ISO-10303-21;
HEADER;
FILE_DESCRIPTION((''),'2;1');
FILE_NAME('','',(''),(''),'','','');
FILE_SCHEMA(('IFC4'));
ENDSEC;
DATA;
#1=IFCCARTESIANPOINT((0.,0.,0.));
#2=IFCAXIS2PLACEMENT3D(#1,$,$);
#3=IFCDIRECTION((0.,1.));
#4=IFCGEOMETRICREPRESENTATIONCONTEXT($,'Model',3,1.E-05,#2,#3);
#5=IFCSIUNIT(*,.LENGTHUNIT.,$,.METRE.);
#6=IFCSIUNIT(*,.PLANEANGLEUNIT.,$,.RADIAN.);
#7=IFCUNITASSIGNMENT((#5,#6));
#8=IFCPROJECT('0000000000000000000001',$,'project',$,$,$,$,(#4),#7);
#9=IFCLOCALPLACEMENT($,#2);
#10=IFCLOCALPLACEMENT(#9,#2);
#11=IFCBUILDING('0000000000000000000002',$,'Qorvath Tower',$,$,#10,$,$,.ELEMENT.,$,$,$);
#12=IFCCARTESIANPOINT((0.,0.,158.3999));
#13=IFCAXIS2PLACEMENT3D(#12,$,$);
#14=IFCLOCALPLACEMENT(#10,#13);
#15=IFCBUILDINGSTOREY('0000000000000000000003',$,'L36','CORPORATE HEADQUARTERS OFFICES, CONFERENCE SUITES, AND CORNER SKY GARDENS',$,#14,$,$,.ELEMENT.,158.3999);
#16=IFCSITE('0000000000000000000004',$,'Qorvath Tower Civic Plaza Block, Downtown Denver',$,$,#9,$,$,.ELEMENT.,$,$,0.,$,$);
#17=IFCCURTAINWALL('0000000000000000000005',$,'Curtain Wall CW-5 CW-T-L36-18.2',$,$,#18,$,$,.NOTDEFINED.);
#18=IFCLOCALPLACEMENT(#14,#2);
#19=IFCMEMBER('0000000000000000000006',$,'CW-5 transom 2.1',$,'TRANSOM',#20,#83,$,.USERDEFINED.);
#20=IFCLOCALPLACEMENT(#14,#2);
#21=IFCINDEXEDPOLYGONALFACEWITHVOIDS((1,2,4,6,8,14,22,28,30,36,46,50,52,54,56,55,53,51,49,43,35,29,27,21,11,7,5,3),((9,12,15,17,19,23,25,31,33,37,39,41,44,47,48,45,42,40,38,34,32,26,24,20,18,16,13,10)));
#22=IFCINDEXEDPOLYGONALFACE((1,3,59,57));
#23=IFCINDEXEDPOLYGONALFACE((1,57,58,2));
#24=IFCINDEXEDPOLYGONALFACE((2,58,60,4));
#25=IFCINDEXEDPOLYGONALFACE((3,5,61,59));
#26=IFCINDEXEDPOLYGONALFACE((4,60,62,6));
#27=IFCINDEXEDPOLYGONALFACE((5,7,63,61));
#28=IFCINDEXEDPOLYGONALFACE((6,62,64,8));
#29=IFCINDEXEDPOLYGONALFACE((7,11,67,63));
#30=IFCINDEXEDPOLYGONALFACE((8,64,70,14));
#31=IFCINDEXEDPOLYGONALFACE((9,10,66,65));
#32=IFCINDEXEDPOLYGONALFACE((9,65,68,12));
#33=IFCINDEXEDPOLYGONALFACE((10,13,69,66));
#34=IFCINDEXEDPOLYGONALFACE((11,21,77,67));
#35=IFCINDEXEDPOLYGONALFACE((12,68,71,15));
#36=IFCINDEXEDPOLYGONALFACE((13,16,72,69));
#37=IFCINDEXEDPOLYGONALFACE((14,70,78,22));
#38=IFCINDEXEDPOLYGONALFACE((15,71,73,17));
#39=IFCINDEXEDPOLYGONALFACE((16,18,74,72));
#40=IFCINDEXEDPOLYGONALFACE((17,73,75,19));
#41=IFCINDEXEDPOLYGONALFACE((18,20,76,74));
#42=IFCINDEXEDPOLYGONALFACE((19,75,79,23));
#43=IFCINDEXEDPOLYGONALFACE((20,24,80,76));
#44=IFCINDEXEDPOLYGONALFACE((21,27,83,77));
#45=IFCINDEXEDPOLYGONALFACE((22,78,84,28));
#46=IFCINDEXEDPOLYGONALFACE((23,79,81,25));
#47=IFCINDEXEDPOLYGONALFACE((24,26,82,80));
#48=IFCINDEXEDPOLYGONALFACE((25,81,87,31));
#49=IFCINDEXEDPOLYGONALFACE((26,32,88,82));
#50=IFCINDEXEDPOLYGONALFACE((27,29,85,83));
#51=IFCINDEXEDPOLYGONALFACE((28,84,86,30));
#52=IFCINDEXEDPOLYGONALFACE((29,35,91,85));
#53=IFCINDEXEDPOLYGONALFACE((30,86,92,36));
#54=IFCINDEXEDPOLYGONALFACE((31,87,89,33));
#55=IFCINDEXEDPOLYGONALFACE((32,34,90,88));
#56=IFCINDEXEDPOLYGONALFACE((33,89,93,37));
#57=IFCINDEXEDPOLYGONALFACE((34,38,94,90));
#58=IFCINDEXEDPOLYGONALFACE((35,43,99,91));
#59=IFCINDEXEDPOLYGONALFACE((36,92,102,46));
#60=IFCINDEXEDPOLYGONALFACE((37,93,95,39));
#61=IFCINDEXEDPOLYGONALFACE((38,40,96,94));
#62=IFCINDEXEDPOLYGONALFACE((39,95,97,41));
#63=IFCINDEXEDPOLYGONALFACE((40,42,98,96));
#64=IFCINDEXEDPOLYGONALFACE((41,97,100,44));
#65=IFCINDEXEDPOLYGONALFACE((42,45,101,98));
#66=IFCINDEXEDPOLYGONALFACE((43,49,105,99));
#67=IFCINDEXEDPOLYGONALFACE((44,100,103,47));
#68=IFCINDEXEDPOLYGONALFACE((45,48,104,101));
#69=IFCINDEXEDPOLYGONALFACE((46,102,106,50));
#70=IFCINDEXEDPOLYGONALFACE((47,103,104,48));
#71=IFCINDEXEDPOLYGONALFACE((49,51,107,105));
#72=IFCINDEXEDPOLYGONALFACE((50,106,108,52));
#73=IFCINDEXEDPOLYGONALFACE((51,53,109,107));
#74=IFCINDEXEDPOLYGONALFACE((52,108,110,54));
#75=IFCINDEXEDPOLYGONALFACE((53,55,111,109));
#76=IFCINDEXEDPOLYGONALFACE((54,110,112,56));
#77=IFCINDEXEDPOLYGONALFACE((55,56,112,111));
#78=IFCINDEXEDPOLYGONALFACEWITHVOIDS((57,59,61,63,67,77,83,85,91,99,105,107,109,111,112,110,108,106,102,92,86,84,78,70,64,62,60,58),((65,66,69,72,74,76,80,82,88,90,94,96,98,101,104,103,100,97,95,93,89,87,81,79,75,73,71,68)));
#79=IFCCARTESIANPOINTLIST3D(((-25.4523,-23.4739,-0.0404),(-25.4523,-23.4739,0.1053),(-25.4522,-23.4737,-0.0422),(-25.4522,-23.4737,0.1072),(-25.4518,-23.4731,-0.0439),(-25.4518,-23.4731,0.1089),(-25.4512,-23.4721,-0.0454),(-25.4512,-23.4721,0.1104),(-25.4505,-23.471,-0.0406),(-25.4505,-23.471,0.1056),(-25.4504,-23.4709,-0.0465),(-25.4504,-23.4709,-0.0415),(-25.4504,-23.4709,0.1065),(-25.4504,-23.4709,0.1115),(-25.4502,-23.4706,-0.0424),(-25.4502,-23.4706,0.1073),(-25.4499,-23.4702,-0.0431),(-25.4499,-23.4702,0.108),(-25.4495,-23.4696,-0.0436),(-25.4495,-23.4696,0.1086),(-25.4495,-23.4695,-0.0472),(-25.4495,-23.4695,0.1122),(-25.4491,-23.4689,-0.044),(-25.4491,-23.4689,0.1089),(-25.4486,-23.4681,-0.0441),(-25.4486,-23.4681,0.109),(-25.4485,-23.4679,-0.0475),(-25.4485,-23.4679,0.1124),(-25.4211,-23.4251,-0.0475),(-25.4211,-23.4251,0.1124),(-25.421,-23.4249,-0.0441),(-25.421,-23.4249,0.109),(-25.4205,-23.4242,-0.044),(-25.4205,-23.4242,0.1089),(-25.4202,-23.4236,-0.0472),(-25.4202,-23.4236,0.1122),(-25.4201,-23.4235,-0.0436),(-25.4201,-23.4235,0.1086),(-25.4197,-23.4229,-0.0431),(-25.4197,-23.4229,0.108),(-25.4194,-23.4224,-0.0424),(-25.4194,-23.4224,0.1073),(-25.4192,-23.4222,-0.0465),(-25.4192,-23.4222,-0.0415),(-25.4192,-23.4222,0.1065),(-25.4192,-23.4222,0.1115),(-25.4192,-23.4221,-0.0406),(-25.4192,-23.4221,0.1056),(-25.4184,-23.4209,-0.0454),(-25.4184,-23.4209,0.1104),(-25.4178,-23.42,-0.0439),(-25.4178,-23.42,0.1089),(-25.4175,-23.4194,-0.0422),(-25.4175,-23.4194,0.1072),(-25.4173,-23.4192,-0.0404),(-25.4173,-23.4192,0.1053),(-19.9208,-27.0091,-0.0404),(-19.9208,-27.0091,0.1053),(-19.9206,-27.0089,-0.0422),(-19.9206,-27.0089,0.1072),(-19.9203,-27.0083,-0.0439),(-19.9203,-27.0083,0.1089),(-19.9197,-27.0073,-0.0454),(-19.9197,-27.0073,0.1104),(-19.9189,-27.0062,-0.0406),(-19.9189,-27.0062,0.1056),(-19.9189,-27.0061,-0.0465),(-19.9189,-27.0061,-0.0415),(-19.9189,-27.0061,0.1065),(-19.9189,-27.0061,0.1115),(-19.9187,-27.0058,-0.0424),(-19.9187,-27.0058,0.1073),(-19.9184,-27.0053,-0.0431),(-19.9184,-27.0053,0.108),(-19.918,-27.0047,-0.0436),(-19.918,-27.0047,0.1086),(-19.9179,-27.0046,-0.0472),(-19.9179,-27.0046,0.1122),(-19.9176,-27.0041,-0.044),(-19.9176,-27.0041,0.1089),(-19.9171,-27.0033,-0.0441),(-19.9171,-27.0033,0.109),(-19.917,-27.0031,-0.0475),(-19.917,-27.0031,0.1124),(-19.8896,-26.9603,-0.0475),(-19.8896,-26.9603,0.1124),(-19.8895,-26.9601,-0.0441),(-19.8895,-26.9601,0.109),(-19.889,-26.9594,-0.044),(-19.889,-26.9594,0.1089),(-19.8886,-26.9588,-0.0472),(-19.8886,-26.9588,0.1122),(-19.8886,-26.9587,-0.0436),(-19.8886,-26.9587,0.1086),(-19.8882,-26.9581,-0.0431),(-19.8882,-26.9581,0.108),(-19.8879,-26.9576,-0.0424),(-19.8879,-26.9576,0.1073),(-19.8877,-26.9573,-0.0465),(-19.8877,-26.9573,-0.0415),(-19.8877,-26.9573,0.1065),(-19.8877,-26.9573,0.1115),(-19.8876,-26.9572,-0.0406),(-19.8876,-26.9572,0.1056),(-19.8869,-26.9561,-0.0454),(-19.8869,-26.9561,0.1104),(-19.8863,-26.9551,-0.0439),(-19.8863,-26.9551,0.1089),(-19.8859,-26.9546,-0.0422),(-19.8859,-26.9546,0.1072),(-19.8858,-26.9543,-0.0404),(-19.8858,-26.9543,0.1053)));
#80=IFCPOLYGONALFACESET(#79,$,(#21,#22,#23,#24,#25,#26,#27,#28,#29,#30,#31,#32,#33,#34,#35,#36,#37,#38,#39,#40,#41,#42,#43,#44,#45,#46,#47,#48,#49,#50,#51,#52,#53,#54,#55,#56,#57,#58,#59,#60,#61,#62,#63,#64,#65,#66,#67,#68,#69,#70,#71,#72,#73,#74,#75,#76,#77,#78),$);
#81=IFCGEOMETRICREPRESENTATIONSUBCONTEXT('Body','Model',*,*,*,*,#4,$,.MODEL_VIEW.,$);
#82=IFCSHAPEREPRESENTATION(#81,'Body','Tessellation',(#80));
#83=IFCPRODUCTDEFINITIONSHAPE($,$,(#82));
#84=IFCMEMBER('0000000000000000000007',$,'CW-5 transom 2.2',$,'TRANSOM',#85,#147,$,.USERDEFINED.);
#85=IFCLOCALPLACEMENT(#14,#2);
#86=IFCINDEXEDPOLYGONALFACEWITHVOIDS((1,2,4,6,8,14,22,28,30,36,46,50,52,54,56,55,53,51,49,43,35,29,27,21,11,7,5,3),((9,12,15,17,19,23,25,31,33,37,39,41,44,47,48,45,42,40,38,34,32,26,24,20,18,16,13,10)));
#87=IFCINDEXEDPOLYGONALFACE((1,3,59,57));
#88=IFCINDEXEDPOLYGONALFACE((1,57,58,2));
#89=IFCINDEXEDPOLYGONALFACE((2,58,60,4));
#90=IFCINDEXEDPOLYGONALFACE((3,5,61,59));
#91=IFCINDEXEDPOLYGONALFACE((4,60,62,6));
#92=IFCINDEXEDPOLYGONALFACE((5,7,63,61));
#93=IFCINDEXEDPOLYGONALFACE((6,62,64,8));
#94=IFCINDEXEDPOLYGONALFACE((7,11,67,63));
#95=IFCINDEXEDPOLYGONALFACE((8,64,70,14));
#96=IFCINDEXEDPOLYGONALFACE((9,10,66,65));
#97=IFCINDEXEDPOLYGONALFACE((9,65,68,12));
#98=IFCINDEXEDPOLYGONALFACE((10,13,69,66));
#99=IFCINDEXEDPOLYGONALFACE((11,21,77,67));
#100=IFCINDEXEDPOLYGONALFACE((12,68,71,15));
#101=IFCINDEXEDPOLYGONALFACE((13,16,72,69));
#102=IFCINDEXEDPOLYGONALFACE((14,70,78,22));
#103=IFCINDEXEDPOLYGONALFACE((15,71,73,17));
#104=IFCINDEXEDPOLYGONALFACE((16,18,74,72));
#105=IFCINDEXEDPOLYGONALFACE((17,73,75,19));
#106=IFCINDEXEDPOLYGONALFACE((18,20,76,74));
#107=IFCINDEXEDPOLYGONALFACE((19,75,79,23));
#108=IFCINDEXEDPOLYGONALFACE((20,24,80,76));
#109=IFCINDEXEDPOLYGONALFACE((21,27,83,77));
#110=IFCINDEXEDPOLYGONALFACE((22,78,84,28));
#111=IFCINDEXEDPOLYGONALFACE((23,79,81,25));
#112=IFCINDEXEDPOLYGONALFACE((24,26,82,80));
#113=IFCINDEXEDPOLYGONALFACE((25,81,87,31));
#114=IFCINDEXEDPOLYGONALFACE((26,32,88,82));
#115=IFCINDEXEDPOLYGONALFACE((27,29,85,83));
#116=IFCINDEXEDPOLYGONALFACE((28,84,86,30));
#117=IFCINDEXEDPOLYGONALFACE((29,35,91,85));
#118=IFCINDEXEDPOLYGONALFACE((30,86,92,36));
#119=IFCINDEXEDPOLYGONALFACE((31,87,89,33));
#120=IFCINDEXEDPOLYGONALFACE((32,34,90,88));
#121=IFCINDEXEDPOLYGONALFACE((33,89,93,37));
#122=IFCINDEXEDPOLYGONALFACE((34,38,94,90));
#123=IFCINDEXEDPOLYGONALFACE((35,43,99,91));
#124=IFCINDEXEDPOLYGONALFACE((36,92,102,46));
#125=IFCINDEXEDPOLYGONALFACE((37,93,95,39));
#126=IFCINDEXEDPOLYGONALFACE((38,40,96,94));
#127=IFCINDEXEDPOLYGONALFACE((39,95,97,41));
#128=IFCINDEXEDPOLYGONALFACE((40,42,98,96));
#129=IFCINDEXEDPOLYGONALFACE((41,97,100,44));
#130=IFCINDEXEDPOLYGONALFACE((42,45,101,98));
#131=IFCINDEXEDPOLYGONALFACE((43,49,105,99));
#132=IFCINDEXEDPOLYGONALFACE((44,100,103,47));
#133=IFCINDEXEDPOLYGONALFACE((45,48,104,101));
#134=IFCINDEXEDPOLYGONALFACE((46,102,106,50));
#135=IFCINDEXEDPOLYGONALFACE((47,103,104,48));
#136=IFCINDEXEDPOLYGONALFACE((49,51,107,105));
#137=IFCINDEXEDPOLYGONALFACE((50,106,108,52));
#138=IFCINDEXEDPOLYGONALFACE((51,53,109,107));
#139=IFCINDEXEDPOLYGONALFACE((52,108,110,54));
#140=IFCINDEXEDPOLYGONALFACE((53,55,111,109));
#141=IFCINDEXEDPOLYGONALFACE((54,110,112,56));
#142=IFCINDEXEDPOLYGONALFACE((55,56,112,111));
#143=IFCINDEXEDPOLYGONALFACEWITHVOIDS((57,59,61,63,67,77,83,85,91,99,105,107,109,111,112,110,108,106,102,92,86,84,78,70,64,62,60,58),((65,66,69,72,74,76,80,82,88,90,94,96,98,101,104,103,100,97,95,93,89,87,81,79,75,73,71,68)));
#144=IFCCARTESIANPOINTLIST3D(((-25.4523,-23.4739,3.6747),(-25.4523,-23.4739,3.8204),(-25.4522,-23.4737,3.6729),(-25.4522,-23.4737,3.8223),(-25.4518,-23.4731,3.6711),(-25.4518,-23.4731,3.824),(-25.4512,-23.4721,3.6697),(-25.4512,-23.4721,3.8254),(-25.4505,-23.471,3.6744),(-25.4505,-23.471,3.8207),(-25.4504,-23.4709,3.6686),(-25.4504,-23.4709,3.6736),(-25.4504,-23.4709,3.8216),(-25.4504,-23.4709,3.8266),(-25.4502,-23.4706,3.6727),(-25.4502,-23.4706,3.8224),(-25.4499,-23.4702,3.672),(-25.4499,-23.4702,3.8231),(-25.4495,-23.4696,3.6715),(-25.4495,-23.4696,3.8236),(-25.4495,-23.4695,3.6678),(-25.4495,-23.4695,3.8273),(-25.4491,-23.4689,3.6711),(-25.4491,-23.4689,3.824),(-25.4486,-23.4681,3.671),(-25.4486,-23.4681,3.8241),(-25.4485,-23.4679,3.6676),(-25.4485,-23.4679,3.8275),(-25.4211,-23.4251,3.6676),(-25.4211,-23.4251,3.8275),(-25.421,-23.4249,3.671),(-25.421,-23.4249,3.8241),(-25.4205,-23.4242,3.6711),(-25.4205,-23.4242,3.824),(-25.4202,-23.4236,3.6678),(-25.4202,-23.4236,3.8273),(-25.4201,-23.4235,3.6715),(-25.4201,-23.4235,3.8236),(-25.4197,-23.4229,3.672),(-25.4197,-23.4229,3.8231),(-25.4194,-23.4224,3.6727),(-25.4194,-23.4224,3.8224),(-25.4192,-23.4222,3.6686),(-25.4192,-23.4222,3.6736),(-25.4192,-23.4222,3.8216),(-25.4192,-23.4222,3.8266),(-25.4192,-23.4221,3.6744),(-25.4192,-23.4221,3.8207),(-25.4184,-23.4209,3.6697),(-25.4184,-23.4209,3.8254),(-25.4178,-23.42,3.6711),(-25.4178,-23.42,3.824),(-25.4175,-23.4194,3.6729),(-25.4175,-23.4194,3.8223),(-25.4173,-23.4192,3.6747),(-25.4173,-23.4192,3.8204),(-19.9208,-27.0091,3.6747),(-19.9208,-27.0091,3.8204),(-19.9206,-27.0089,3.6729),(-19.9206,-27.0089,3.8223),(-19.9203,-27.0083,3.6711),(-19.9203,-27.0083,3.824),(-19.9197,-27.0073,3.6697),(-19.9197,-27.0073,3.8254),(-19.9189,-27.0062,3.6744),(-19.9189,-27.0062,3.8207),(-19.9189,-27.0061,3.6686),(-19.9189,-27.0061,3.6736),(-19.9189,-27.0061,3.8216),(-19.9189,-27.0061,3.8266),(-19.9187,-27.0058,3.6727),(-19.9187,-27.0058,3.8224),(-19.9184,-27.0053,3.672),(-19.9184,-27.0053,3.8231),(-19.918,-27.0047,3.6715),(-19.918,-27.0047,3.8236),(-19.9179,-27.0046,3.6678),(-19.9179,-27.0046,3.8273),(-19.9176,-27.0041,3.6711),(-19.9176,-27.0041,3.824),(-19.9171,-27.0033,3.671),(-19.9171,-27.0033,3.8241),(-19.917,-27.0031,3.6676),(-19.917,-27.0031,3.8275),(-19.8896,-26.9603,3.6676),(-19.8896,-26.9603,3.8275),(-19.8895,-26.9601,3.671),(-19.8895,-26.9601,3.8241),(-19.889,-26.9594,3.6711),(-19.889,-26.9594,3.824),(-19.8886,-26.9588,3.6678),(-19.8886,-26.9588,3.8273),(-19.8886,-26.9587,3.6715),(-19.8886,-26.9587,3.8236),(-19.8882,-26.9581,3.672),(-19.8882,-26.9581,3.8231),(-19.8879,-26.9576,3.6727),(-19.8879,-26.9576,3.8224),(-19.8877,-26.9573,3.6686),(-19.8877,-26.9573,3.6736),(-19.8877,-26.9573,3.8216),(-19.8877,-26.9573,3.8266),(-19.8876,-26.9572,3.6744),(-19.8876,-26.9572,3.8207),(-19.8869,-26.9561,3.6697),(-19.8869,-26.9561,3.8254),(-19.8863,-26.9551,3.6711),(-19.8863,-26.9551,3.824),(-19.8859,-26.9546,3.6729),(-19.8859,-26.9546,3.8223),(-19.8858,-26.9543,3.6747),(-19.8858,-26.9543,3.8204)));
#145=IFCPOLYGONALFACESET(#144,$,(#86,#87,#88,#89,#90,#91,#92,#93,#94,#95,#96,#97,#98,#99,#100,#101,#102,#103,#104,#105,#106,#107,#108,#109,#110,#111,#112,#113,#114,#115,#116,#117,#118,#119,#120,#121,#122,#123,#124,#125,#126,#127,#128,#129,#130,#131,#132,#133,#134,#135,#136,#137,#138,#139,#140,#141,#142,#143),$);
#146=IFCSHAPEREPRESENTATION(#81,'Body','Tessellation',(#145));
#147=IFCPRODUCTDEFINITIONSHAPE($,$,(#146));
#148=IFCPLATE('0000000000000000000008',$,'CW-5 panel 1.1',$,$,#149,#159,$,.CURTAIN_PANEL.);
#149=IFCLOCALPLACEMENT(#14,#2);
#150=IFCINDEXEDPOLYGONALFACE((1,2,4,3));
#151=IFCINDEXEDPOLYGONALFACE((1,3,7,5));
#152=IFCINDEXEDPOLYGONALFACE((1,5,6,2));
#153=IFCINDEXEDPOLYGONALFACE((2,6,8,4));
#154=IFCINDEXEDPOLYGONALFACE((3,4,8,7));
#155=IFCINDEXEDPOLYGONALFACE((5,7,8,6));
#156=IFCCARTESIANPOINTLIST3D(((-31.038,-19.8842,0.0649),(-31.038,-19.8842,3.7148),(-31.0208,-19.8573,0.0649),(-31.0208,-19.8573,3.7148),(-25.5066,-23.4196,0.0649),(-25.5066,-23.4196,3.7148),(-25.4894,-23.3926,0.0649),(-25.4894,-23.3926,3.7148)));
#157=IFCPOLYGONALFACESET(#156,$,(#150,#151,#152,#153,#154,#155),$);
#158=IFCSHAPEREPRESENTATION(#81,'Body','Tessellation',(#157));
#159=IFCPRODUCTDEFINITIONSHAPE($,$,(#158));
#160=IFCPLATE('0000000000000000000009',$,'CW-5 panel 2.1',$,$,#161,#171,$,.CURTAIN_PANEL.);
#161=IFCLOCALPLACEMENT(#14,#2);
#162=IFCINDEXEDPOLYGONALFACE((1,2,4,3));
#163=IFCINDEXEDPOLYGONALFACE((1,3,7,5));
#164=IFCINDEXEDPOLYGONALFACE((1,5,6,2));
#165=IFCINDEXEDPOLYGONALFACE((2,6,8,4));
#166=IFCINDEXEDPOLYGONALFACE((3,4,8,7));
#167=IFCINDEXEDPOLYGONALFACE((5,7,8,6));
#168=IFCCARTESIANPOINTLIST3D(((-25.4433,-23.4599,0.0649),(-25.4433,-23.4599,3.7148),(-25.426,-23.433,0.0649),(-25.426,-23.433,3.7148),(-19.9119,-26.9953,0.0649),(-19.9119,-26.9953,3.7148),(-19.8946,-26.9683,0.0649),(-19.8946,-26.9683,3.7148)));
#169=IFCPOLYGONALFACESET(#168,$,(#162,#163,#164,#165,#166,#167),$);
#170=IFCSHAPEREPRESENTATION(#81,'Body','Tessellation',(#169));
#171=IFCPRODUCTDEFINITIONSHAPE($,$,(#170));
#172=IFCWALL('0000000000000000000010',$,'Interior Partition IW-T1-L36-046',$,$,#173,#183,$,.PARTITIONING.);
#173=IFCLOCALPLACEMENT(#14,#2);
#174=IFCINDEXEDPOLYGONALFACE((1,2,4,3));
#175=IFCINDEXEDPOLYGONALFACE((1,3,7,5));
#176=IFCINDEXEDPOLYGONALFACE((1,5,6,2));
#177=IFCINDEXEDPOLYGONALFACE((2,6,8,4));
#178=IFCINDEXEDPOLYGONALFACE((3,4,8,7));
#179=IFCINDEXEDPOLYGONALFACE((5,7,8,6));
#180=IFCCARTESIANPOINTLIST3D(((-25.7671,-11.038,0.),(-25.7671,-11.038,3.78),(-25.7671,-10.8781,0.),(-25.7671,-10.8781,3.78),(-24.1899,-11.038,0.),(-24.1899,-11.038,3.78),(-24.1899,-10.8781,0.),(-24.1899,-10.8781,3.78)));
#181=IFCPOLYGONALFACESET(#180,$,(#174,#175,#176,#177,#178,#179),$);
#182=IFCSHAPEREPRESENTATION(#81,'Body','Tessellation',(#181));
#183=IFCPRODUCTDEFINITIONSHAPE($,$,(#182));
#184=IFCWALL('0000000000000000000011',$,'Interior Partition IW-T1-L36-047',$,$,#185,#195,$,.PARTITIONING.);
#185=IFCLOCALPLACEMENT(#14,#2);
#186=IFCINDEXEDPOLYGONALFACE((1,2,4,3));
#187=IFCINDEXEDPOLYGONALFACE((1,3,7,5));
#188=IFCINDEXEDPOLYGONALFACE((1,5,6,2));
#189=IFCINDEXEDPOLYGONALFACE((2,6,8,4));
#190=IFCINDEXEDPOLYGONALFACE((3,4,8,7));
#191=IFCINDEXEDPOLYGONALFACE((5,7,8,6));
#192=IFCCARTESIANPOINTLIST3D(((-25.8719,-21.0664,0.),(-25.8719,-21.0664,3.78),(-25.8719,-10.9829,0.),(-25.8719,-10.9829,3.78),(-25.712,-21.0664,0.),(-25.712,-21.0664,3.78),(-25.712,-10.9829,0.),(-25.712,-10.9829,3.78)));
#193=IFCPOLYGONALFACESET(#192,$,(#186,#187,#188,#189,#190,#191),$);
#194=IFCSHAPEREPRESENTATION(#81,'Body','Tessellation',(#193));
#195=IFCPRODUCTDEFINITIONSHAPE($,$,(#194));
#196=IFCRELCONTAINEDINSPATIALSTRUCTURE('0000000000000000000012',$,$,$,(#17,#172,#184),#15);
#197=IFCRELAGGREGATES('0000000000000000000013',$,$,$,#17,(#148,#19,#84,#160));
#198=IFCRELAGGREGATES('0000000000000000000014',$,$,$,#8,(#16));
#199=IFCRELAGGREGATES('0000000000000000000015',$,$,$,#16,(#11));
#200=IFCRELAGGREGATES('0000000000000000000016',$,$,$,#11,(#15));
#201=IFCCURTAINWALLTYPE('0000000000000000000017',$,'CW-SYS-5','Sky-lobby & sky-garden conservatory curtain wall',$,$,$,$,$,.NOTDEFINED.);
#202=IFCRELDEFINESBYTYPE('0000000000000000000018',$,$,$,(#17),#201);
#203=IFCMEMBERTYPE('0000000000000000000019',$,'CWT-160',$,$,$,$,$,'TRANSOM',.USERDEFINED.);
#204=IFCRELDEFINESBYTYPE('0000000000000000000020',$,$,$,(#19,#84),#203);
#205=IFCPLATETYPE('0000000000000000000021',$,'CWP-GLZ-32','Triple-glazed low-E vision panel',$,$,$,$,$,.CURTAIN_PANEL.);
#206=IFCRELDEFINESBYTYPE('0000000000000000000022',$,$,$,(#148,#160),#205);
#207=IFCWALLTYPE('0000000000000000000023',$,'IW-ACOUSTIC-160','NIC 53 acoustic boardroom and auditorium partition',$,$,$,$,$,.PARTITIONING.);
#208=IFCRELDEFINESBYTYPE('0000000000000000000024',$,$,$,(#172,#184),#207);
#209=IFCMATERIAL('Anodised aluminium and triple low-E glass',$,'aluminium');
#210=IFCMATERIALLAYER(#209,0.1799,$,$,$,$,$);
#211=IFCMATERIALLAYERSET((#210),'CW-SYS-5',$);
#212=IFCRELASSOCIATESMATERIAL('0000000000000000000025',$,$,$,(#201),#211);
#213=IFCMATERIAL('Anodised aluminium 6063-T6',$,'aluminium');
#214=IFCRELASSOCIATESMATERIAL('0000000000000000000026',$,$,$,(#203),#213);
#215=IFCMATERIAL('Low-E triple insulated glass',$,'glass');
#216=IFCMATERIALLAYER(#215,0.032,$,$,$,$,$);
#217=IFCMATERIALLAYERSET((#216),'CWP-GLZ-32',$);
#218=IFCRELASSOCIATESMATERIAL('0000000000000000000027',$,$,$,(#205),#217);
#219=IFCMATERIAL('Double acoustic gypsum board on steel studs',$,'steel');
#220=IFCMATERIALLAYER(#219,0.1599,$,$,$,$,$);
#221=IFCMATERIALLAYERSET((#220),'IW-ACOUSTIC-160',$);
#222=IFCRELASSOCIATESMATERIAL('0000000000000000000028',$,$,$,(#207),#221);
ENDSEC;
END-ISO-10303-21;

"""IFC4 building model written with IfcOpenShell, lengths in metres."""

from ifc_helpers import new_model, si_unit, direction, frame, frame_2d, origin, origin_2d, place, context, subcontext, project, spatial, rectangle, hollow_rectangle, extrude, material, layer, layer_set, material_profile, profile_set, type_object, element, aggregate, save


model = new_model("IFC4")

# Units and contexts
model_context = context("Model", 3, precision=1e-05, world=origin(), true_north=direction((0.0, 1.0)))
body_context = subcontext(model_context, "Body", "Model", "MODEL_VIEW")
ifc_project = project(units=[si_unit("LENGTHUNIT", "METRE"), si_unit("PLANEANGLEUNIT", "RADIAN")], contexts=[model_context])

# Site, building, storey
site_placement = place(None, origin())
site = spatial("IfcSite", under=ifc_project, at=site_placement, Name="Qorvath Tower Civic Plaza Block, Downtown Denver", CompositionType="ELEMENT", RefElevation=0.0)
building_placement = place(site_placement, origin())
building = spatial("IfcBuilding", under=site, at=building_placement, Name="Qorvath Tower", CompositionType="ELEMENT")
storey_placement = place(building_placement, frame((0.0, 0.0, 158.3999)))
storey = spatial("IfcBuildingStorey", under=building, at=storey_placement, Name="L36", Description="CORPORATE HEADQUARTERS OFFICES, CONFERENCE SUITES, AND CORNER SKY GARDENS", CompositionType="ELEMENT", Elevation=158.3999)

# Curtain wall, members, plates
ifc_material_1 = material(Name="Anodised aluminium and triple low-E glass", Category="aluminium")
ifc_layer_1 = layer(ifc_material_1, 0.1799)
ifc_layer_set_1 = layer_set([ifc_layer_1], Name="CW-SYS-5")
curtain_wall_type = type_object("IfcCurtainWallType", Name="CW-SYS-5", Description="Sky-lobby & sky-garden conservatory curtain wall", PredefinedType="NOTDEFINED", material=ifc_layer_set_1)
curtain_wall_placement = place(storey_placement, origin())
curtain_wall = element("IfcCurtainWall", 1, at=curtain_wall_placement, inside=storey, type_object=curtain_wall_type, Name="Curtain Wall CW-5 CW-T-L36-18.2", PredefinedType="NOTDEFINED")
ifc_material_2 = material(Name="Anodised aluminium 6063-T6", Category="aluminium")
ifc_material_profile_1 = material_profile(ifc_material_2, hollow_rectangle(XDim=0.0649, YDim=0.1599, WallThickness=0.0034, InnerFilletRadius=0.0034, OuterFilletRadius=0.0071, at=origin_2d()), Name="CWT 160x65")
ifc_profile_set_1 = profile_set([ifc_material_profile_1], Name="Anodised aluminium 6063-T6")
member_type_1 = type_object("IfcMemberType", Name="CWT-160", ElementType="TRANSOM", PredefinedType="USERDEFINED", material=ifc_profile_set_1)
member_1_placement = place(storey_placement, frame((-25.4348, -23.4465, 0.0325), z_axis=(0.842617, -0.538513, 0.0), x_axis=(0.538513, 0.842617, 0.0)))
member_1 = element("IfcMember", 2, at=member_1_placement, type_object=member_type_1, Name="CW-5 transom 2.1", ObjectType="TRANSOM", PredefinedType="USERDEFINED", context=body_context, shape_type="SweptSolid", body=[
    extrude(hollow_rectangle(XDim=0.0649, YDim=0.1599, WallThickness=0.0034, InnerFilletRadius=0.0034, OuterFilletRadius=0.0071, at=origin_2d()), origin(), (0.0, 0.0, 1.0), 6.5647),
])
member_2_placement = place(storey_placement, frame((-25.4348, -23.4465, 3.7476), z_axis=(0.842617, -0.538513, 0.0), x_axis=(0.538513, 0.842617, 0.0)))
member_2 = element("IfcMember", 3, at=member_2_placement, type_object=member_type_1, Name="CW-5 transom 2.2", ObjectType="TRANSOM", PredefinedType="USERDEFINED", context=body_context, shape_type="SweptSolid", body=[
    extrude(hollow_rectangle(XDim=0.0649, YDim=0.1599, WallThickness=0.0034, InnerFilletRadius=0.0034, OuterFilletRadius=0.0071, at=origin_2d()), origin(), (0.0, 0.0, 1.0), 6.5647),
])
ifc_material_3 = material(Name="Low-E triple insulated glass", Category="glass")
ifc_layer_2 = layer(ifc_material_3, 0.032)
ifc_layer_set_2 = layer_set([ifc_layer_2], Name="CWP-GLZ-32")
plate_type = type_object("IfcPlateType", Name="CWP-GLZ-32", Description="Triple-glazed low-E vision panel", PredefinedType="CURTAIN_PANEL", material=ifc_layer_set_2)
plate_1_placement = place(storey_placement, frame((-28.2637, -21.6384, 0.0649), z_axis=(0.0, 0.0, 1.0), x_axis=(0.842599, -0.538542, 0.0)))
plate_1 = element("IfcPlate", 4, at=plate_1_placement, type_object=plate_type, Name="CW-5 panel 1.1", PredefinedType="CURTAIN_PANEL", context=body_context, shape_type="SweptSolid", body=[
    extrude(rectangle(XDim=6.5647, YDim=0.032, at=origin_2d()), origin(), (0.0, 0.0, 1.0), 3.6499),
])
plate_2_placement = place(storey_placement, frame((-22.6689, -25.2141, 0.0649), z_axis=(0.0, 0.0, 1.0), x_axis=(0.842599, -0.538542, 0.0)))
plate_2 = element("IfcPlate", 5, at=plate_2_placement, type_object=plate_type, Name="CW-5 panel 2.1", PredefinedType="CURTAIN_PANEL", context=body_context, shape_type="SweptSolid", body=[
    extrude(rectangle(XDim=6.5647, YDim=0.032, at=origin_2d()), origin(), (0.0, 0.0, 1.0), 3.6499),
])
aggregate(curtain_wall, [plate_1, member_1, member_2, plate_2])

# Walls
ifc_material_4 = material(Name="Double acoustic gypsum board on steel studs", Category="steel")
ifc_layer_3 = layer(ifc_material_4, 0.1599)
ifc_layer_set_3 = layer_set([ifc_layer_3], Name="IW-ACOUSTIC-160")
wall_type_1 = type_object("IfcWallType", Name="IW-ACOUSTIC-160", Description="NIC 53 acoustic boardroom and auditorium partition", PredefinedType="PARTITIONING", material=ifc_layer_set_3)
wall_1_placement = place(storey_placement, frame((-24.1899, -10.958, 0.0), z_axis=(0.0, 0.0, 1.0), x_axis=(-1.0, 0.0, 0.0)))
element("IfcWall", 6, at=wall_1_placement, inside=storey, type_object=wall_type_1, Name="Interior Partition IW-T1-L36-046", PredefinedType="PARTITIONING", context=body_context, shape_type="SweptSolid", body=[
    extrude(rectangle(XDim=1.5771, YDim=0.1599, at=frame_2d((0.7886, 0.0))), origin(), (0.0, 0.0, 1.0), 3.78),
])
wall_2_placement = place(storey_placement, frame((-25.792, -10.9829, 0.0), z_axis=(0.0, 0.0, 1.0), x_axis=(0.0, -1.0, 0.0)))
element("IfcWall", 7, at=wall_2_placement, inside=storey, type_object=wall_type_1, Name="Interior Partition IW-T1-L36-047", PredefinedType="PARTITIONING", context=body_context, shape_type="SweptSolid", body=[
    extrude(rectangle(XDim=10.0835, YDim=0.1599, at=frame_2d((5.0417, 0.0))), origin(), (0.0, 0.0, 1.0), 3.78),
])

save(model, "model.ifc")
